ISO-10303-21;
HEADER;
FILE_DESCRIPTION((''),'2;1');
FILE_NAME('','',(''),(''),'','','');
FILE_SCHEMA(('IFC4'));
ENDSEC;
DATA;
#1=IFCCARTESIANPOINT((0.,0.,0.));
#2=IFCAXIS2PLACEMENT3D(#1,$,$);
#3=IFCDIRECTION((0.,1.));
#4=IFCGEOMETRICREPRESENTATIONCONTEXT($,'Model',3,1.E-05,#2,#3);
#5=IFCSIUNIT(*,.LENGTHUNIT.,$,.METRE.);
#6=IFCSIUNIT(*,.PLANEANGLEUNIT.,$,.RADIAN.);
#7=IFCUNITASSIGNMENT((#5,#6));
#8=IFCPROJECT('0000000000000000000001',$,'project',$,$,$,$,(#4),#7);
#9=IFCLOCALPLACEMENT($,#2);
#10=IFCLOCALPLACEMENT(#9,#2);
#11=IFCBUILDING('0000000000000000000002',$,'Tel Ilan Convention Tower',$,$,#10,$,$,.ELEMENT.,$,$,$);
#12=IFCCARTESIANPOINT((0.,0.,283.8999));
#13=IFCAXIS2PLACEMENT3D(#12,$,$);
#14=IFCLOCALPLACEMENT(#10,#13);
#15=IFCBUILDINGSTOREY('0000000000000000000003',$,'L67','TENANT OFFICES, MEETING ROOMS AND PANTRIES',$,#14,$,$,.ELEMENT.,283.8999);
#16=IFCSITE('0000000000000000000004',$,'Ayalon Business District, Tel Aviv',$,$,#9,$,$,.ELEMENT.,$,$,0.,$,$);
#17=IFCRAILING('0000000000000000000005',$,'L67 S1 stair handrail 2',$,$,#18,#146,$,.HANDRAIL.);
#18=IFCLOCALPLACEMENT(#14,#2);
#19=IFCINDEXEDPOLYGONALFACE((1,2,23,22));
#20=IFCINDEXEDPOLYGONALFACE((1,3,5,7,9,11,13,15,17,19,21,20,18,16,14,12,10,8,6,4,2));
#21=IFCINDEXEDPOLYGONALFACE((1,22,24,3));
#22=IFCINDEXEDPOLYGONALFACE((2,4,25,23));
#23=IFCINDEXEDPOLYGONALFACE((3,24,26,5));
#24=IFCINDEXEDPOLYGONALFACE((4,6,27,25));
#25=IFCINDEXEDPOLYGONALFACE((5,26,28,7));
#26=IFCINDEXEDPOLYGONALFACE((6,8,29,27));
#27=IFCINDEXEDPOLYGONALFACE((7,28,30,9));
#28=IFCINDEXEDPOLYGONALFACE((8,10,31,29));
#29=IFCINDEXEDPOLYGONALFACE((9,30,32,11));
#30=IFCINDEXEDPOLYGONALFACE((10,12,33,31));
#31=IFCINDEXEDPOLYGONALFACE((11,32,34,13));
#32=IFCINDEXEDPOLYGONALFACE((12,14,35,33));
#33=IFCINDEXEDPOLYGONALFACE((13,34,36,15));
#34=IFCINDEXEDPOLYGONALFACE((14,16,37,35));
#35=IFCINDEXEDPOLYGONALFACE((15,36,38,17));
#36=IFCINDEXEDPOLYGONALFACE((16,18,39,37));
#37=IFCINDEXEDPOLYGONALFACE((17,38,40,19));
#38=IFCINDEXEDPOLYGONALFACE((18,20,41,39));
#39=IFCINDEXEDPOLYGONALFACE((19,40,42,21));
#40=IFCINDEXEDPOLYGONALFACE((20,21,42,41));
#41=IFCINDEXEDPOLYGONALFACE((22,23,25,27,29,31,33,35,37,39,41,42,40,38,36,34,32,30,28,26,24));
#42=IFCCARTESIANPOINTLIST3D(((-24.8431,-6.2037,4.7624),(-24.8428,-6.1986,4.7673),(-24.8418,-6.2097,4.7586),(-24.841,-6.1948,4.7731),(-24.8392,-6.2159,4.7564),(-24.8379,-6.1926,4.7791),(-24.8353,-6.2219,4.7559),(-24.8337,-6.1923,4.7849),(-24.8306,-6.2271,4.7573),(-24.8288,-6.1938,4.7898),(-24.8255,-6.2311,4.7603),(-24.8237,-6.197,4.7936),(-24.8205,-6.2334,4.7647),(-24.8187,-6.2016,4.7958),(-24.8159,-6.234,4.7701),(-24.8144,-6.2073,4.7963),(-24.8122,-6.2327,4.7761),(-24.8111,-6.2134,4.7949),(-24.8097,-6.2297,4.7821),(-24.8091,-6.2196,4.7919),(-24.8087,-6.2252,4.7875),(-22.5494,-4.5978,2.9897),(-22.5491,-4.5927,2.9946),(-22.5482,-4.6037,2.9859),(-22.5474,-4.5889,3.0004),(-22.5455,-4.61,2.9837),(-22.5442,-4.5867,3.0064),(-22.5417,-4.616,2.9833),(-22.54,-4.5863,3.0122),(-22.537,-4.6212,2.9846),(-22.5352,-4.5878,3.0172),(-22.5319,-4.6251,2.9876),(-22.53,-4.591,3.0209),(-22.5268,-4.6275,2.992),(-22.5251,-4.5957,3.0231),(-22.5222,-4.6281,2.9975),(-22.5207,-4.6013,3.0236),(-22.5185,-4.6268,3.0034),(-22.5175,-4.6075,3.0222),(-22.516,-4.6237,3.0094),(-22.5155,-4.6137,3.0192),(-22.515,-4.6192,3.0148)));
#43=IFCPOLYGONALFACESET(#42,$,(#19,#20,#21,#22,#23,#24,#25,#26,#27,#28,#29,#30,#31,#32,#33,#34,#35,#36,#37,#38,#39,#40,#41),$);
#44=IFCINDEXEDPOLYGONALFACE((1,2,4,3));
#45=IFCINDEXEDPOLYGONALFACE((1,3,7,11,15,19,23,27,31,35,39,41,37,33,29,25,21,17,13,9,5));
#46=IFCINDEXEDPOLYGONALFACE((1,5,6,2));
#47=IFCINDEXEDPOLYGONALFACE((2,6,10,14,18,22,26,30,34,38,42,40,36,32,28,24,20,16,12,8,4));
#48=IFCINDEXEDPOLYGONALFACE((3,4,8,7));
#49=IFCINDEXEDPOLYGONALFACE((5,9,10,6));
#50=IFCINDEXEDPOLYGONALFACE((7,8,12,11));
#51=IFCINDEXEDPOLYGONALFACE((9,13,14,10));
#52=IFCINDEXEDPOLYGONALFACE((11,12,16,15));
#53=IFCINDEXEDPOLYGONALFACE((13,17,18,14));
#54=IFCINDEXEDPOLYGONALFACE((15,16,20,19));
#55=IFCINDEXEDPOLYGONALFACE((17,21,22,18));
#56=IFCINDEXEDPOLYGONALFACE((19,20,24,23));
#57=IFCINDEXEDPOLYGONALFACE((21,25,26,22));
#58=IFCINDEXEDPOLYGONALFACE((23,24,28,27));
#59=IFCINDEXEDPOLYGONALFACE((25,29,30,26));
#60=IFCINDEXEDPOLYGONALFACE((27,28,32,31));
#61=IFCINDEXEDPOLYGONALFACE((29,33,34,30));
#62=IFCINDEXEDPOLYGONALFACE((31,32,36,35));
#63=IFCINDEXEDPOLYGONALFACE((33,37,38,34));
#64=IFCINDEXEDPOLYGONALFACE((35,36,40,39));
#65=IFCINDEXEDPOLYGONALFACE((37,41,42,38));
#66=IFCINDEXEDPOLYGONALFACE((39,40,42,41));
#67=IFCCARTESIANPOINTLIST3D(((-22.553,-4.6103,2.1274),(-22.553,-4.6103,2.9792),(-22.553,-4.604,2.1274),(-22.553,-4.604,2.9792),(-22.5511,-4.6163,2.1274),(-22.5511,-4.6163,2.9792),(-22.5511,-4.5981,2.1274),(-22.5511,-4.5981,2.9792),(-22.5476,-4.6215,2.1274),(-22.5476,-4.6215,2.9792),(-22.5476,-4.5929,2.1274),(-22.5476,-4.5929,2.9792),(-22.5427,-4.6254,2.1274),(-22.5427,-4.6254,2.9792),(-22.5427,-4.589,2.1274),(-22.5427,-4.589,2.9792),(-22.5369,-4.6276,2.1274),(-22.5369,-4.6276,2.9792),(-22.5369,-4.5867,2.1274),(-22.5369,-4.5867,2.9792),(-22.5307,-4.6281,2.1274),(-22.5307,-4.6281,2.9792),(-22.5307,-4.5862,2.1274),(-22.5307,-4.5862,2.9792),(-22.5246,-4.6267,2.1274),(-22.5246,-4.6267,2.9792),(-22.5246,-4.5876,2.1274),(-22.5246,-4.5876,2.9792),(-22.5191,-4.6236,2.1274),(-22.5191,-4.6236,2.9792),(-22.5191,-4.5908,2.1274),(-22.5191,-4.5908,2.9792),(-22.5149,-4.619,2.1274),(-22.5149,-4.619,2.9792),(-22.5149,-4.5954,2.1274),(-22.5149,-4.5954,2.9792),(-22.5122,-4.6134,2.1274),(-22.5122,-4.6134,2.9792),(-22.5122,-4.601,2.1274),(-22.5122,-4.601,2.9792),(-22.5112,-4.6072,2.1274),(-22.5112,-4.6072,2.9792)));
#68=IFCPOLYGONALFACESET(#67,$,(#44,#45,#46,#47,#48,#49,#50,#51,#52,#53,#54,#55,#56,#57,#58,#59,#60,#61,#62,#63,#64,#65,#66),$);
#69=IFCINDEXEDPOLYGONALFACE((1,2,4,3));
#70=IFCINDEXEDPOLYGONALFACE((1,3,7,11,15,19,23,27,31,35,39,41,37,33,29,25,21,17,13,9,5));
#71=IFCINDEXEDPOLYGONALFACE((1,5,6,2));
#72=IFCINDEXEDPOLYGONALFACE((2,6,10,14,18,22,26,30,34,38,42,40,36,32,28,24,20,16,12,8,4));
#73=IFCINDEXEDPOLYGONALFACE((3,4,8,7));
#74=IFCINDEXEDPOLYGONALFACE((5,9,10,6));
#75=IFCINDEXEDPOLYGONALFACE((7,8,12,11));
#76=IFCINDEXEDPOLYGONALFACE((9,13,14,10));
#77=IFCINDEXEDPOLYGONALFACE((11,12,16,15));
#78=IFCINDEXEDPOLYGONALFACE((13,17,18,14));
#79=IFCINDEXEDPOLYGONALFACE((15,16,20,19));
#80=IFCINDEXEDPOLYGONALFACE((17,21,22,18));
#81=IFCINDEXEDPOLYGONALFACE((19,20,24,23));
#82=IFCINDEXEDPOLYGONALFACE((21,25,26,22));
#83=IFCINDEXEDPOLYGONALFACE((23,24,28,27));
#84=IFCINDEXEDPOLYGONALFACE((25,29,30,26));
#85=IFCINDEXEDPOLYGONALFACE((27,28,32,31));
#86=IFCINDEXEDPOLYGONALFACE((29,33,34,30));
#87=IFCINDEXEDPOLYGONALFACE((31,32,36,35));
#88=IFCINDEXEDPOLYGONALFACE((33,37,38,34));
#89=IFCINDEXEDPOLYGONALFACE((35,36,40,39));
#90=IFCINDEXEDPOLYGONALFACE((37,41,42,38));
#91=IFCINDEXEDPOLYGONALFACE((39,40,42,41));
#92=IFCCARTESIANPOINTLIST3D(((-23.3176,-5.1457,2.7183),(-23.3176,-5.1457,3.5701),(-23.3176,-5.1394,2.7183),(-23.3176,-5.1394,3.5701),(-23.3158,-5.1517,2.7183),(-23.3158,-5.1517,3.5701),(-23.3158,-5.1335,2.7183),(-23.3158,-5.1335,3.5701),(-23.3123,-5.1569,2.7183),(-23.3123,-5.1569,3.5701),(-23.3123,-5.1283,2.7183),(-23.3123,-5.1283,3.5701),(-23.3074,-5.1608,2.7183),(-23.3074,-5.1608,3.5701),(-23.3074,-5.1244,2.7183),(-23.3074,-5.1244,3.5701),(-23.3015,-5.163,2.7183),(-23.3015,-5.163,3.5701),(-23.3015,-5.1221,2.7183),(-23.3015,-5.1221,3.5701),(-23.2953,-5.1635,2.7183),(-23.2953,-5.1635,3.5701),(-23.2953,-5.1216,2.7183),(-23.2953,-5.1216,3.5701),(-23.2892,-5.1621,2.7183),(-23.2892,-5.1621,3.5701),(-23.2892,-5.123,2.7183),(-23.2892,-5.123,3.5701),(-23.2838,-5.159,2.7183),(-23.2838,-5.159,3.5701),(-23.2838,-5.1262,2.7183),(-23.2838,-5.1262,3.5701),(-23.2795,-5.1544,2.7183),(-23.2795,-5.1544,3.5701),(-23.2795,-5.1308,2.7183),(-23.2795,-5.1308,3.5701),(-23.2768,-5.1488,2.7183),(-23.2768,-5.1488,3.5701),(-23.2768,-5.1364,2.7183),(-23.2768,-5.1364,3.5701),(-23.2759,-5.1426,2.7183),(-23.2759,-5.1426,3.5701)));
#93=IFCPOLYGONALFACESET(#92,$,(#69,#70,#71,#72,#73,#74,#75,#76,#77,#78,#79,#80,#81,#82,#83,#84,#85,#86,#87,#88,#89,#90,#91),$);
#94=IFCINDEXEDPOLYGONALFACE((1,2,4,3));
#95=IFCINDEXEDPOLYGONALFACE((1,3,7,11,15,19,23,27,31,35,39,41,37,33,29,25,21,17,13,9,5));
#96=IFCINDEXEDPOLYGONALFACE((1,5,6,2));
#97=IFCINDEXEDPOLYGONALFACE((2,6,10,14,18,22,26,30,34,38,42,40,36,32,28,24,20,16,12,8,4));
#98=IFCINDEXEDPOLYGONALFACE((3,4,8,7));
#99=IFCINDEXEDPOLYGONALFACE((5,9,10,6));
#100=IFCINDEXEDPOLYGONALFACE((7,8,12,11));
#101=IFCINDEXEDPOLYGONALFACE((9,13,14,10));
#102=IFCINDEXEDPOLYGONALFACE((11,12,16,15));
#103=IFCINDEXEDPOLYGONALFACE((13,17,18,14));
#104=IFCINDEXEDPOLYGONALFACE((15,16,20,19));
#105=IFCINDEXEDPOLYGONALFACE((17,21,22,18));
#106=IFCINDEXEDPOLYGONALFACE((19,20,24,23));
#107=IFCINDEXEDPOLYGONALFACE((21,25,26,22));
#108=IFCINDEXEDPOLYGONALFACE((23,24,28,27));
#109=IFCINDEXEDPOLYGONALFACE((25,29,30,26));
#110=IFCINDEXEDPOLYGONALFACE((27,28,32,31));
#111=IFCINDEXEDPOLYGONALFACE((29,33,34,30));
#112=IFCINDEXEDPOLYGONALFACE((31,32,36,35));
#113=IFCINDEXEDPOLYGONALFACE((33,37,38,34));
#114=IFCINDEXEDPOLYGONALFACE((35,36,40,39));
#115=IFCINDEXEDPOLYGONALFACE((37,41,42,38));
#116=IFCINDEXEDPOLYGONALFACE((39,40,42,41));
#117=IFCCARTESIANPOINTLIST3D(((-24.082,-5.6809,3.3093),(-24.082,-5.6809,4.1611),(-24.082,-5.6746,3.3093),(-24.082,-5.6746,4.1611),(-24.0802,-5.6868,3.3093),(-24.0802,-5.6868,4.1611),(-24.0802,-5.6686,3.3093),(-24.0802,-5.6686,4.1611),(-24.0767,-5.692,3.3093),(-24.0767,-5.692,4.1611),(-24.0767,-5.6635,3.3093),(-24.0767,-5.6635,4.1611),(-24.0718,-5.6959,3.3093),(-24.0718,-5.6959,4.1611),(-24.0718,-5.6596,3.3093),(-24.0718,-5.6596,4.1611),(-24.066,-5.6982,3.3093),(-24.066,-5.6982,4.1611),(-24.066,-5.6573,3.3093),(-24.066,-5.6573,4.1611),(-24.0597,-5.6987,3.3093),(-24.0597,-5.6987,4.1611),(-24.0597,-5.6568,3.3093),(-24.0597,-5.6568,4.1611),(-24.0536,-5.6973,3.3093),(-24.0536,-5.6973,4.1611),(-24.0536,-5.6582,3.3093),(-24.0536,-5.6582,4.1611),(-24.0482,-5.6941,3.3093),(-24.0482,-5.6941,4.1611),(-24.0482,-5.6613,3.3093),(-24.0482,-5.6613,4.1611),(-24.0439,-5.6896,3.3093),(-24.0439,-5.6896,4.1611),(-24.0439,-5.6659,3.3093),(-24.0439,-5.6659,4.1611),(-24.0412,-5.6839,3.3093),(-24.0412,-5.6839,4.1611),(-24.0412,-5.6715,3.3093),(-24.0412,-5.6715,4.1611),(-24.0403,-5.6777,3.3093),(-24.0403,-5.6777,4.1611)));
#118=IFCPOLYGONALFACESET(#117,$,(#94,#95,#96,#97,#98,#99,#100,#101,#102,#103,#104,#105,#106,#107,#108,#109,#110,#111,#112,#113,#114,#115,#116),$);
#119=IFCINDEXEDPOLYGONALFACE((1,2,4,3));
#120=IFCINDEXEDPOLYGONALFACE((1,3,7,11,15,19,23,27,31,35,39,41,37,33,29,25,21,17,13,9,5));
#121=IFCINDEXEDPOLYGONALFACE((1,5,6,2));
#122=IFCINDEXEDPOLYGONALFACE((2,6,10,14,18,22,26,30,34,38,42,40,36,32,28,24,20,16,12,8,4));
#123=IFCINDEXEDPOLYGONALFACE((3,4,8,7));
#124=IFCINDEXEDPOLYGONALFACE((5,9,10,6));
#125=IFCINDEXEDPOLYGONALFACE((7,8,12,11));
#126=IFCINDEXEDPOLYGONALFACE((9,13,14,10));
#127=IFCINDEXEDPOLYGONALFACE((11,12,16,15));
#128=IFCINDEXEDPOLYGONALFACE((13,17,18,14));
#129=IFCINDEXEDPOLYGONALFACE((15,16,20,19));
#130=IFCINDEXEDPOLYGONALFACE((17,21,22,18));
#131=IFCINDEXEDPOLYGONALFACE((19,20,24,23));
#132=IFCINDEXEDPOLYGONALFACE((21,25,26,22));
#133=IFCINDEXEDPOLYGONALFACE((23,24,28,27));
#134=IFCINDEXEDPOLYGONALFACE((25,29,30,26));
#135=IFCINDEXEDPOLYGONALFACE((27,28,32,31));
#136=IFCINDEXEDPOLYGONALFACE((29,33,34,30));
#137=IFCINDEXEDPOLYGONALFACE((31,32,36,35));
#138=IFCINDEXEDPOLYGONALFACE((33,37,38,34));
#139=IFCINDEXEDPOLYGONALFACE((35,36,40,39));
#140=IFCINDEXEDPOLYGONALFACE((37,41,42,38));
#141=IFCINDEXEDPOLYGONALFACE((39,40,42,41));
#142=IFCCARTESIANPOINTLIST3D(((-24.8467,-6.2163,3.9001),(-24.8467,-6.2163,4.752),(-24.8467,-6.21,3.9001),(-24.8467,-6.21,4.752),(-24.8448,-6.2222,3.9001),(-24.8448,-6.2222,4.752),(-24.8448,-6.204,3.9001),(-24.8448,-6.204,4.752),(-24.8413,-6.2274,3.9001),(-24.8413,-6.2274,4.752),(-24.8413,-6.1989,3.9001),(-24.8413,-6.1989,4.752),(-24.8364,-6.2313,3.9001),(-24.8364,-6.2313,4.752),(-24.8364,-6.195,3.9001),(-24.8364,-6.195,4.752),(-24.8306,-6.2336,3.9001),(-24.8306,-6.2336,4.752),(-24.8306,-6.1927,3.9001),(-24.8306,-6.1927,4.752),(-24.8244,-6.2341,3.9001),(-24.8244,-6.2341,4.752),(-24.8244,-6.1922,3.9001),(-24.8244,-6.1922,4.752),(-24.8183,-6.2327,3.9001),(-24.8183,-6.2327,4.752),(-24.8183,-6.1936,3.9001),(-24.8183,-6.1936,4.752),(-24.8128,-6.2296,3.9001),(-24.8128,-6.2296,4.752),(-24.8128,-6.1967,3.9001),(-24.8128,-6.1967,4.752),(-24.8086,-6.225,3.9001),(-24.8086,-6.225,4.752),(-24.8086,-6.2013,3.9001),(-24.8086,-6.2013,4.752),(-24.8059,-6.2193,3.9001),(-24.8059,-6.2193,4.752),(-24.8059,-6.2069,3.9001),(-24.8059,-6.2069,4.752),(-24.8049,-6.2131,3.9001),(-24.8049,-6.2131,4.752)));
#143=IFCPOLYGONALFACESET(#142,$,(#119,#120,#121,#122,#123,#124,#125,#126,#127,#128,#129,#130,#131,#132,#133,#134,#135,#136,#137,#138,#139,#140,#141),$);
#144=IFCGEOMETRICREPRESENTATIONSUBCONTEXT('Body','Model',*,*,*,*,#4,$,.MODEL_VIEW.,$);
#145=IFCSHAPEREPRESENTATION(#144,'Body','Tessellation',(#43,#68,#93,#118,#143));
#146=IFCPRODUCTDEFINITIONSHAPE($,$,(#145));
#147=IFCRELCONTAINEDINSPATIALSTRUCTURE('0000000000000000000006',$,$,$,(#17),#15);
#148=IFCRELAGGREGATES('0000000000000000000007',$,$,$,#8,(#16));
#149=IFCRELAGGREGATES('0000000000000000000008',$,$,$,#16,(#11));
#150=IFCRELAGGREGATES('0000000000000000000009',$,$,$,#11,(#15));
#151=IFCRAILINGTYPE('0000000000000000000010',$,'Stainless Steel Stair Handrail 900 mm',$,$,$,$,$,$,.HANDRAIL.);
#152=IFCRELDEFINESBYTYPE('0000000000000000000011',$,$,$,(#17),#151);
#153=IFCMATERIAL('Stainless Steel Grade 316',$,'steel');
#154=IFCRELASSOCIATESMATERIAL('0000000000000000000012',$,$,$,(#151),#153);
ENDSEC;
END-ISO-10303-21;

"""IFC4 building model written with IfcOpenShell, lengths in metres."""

from ifc_helpers import new_model, si_unit, direction, frame, origin, origin_2d, place, context, subcontext, project, spatial, circle, extrude, material, type_object, element, save


model = new_model("IFC4")

# Units and contexts
model_context = context("Model", 3, precision=1e-05, world=origin(), true_north=direction((0.0, 1.0)))
body_context = subcontext(model_context, "Body", "Model", "MODEL_VIEW")
ifc_project = project(units=[si_unit("LENGTHUNIT", "METRE"), si_unit("PLANEANGLEUNIT", "RADIAN")], contexts=[model_context])

# Site, building, storey
site_placement = place(None, origin())
site = spatial("IfcSite", under=ifc_project, at=site_placement, Name="Ayalon Business District, Tel Aviv", CompositionType="ELEMENT", RefElevation=0.0)
building_placement = place(site_placement, origin())
building = spatial("IfcBuilding", under=site, at=building_placement, Name="Tel Ilan Convention Tower", CompositionType="ELEMENT")
storey_placement = place(building_placement, frame((0.0, 0.0, 283.8999)))
storey = spatial("IfcBuildingStorey", under=building, at=storey_placement, Name="L67", Description="TENANT OFFICES, MEETING ROOMS AND PANTRIES", CompositionType="ELEMENT", Elevation=283.8999)

# Railing
ifc_material_1 = material(Name="Stainless Steel Grade 316", Category="steel")
railing_type_1 = type_object("IfcRailingType", Name="Stainless Steel Stair Handrail 900 mm", PredefinedType="HANDRAIL", material=ifc_material_1)
for number, where, name in (
    (1, (-22.5322, -4.6072, 2.1274), "L67 S1 stair handrail 2"),
):
    element("IfcRailing", number, at=place(storey_placement, frame(where)), inside=storey, type_object=railing_type_1, Name=name, PredefinedType="HANDRAIL", context=body_context, shape_type="SweptSolid", body=[
        extrude(circle(Radius=0.0239, at=origin_2d()), frame((0.0, 0.0, 0.876), z_axis=(-0.692123, -0.484597, 0.534913), x_axis=(0.57355, -0.81917, 0.0)), (0.0, 0.0, 1.0), 3.314),
        extrude(circle(Radius=0.021, at=origin_2d()), origin(), (0.0, 0.0, 1.0), 0.8518),
        extrude(circle(Radius=0.021, at=origin_2d()), frame((-0.7646, -0.5354, 0.5908)), (0.0, 0.0, 1.0), 0.8518),
        extrude(circle(Radius=0.021, at=origin_2d()), frame((-1.5291, -1.0706, 1.1819)), (0.0, 0.0, 1.0), 0.8518),
        extrude(circle(Radius=0.021, at=origin_2d()), frame((-2.2937, -1.606, 1.7727)), (0.0, 0.0, 1.0), 0.8518),
    ])

save(model, "model.ifc")
